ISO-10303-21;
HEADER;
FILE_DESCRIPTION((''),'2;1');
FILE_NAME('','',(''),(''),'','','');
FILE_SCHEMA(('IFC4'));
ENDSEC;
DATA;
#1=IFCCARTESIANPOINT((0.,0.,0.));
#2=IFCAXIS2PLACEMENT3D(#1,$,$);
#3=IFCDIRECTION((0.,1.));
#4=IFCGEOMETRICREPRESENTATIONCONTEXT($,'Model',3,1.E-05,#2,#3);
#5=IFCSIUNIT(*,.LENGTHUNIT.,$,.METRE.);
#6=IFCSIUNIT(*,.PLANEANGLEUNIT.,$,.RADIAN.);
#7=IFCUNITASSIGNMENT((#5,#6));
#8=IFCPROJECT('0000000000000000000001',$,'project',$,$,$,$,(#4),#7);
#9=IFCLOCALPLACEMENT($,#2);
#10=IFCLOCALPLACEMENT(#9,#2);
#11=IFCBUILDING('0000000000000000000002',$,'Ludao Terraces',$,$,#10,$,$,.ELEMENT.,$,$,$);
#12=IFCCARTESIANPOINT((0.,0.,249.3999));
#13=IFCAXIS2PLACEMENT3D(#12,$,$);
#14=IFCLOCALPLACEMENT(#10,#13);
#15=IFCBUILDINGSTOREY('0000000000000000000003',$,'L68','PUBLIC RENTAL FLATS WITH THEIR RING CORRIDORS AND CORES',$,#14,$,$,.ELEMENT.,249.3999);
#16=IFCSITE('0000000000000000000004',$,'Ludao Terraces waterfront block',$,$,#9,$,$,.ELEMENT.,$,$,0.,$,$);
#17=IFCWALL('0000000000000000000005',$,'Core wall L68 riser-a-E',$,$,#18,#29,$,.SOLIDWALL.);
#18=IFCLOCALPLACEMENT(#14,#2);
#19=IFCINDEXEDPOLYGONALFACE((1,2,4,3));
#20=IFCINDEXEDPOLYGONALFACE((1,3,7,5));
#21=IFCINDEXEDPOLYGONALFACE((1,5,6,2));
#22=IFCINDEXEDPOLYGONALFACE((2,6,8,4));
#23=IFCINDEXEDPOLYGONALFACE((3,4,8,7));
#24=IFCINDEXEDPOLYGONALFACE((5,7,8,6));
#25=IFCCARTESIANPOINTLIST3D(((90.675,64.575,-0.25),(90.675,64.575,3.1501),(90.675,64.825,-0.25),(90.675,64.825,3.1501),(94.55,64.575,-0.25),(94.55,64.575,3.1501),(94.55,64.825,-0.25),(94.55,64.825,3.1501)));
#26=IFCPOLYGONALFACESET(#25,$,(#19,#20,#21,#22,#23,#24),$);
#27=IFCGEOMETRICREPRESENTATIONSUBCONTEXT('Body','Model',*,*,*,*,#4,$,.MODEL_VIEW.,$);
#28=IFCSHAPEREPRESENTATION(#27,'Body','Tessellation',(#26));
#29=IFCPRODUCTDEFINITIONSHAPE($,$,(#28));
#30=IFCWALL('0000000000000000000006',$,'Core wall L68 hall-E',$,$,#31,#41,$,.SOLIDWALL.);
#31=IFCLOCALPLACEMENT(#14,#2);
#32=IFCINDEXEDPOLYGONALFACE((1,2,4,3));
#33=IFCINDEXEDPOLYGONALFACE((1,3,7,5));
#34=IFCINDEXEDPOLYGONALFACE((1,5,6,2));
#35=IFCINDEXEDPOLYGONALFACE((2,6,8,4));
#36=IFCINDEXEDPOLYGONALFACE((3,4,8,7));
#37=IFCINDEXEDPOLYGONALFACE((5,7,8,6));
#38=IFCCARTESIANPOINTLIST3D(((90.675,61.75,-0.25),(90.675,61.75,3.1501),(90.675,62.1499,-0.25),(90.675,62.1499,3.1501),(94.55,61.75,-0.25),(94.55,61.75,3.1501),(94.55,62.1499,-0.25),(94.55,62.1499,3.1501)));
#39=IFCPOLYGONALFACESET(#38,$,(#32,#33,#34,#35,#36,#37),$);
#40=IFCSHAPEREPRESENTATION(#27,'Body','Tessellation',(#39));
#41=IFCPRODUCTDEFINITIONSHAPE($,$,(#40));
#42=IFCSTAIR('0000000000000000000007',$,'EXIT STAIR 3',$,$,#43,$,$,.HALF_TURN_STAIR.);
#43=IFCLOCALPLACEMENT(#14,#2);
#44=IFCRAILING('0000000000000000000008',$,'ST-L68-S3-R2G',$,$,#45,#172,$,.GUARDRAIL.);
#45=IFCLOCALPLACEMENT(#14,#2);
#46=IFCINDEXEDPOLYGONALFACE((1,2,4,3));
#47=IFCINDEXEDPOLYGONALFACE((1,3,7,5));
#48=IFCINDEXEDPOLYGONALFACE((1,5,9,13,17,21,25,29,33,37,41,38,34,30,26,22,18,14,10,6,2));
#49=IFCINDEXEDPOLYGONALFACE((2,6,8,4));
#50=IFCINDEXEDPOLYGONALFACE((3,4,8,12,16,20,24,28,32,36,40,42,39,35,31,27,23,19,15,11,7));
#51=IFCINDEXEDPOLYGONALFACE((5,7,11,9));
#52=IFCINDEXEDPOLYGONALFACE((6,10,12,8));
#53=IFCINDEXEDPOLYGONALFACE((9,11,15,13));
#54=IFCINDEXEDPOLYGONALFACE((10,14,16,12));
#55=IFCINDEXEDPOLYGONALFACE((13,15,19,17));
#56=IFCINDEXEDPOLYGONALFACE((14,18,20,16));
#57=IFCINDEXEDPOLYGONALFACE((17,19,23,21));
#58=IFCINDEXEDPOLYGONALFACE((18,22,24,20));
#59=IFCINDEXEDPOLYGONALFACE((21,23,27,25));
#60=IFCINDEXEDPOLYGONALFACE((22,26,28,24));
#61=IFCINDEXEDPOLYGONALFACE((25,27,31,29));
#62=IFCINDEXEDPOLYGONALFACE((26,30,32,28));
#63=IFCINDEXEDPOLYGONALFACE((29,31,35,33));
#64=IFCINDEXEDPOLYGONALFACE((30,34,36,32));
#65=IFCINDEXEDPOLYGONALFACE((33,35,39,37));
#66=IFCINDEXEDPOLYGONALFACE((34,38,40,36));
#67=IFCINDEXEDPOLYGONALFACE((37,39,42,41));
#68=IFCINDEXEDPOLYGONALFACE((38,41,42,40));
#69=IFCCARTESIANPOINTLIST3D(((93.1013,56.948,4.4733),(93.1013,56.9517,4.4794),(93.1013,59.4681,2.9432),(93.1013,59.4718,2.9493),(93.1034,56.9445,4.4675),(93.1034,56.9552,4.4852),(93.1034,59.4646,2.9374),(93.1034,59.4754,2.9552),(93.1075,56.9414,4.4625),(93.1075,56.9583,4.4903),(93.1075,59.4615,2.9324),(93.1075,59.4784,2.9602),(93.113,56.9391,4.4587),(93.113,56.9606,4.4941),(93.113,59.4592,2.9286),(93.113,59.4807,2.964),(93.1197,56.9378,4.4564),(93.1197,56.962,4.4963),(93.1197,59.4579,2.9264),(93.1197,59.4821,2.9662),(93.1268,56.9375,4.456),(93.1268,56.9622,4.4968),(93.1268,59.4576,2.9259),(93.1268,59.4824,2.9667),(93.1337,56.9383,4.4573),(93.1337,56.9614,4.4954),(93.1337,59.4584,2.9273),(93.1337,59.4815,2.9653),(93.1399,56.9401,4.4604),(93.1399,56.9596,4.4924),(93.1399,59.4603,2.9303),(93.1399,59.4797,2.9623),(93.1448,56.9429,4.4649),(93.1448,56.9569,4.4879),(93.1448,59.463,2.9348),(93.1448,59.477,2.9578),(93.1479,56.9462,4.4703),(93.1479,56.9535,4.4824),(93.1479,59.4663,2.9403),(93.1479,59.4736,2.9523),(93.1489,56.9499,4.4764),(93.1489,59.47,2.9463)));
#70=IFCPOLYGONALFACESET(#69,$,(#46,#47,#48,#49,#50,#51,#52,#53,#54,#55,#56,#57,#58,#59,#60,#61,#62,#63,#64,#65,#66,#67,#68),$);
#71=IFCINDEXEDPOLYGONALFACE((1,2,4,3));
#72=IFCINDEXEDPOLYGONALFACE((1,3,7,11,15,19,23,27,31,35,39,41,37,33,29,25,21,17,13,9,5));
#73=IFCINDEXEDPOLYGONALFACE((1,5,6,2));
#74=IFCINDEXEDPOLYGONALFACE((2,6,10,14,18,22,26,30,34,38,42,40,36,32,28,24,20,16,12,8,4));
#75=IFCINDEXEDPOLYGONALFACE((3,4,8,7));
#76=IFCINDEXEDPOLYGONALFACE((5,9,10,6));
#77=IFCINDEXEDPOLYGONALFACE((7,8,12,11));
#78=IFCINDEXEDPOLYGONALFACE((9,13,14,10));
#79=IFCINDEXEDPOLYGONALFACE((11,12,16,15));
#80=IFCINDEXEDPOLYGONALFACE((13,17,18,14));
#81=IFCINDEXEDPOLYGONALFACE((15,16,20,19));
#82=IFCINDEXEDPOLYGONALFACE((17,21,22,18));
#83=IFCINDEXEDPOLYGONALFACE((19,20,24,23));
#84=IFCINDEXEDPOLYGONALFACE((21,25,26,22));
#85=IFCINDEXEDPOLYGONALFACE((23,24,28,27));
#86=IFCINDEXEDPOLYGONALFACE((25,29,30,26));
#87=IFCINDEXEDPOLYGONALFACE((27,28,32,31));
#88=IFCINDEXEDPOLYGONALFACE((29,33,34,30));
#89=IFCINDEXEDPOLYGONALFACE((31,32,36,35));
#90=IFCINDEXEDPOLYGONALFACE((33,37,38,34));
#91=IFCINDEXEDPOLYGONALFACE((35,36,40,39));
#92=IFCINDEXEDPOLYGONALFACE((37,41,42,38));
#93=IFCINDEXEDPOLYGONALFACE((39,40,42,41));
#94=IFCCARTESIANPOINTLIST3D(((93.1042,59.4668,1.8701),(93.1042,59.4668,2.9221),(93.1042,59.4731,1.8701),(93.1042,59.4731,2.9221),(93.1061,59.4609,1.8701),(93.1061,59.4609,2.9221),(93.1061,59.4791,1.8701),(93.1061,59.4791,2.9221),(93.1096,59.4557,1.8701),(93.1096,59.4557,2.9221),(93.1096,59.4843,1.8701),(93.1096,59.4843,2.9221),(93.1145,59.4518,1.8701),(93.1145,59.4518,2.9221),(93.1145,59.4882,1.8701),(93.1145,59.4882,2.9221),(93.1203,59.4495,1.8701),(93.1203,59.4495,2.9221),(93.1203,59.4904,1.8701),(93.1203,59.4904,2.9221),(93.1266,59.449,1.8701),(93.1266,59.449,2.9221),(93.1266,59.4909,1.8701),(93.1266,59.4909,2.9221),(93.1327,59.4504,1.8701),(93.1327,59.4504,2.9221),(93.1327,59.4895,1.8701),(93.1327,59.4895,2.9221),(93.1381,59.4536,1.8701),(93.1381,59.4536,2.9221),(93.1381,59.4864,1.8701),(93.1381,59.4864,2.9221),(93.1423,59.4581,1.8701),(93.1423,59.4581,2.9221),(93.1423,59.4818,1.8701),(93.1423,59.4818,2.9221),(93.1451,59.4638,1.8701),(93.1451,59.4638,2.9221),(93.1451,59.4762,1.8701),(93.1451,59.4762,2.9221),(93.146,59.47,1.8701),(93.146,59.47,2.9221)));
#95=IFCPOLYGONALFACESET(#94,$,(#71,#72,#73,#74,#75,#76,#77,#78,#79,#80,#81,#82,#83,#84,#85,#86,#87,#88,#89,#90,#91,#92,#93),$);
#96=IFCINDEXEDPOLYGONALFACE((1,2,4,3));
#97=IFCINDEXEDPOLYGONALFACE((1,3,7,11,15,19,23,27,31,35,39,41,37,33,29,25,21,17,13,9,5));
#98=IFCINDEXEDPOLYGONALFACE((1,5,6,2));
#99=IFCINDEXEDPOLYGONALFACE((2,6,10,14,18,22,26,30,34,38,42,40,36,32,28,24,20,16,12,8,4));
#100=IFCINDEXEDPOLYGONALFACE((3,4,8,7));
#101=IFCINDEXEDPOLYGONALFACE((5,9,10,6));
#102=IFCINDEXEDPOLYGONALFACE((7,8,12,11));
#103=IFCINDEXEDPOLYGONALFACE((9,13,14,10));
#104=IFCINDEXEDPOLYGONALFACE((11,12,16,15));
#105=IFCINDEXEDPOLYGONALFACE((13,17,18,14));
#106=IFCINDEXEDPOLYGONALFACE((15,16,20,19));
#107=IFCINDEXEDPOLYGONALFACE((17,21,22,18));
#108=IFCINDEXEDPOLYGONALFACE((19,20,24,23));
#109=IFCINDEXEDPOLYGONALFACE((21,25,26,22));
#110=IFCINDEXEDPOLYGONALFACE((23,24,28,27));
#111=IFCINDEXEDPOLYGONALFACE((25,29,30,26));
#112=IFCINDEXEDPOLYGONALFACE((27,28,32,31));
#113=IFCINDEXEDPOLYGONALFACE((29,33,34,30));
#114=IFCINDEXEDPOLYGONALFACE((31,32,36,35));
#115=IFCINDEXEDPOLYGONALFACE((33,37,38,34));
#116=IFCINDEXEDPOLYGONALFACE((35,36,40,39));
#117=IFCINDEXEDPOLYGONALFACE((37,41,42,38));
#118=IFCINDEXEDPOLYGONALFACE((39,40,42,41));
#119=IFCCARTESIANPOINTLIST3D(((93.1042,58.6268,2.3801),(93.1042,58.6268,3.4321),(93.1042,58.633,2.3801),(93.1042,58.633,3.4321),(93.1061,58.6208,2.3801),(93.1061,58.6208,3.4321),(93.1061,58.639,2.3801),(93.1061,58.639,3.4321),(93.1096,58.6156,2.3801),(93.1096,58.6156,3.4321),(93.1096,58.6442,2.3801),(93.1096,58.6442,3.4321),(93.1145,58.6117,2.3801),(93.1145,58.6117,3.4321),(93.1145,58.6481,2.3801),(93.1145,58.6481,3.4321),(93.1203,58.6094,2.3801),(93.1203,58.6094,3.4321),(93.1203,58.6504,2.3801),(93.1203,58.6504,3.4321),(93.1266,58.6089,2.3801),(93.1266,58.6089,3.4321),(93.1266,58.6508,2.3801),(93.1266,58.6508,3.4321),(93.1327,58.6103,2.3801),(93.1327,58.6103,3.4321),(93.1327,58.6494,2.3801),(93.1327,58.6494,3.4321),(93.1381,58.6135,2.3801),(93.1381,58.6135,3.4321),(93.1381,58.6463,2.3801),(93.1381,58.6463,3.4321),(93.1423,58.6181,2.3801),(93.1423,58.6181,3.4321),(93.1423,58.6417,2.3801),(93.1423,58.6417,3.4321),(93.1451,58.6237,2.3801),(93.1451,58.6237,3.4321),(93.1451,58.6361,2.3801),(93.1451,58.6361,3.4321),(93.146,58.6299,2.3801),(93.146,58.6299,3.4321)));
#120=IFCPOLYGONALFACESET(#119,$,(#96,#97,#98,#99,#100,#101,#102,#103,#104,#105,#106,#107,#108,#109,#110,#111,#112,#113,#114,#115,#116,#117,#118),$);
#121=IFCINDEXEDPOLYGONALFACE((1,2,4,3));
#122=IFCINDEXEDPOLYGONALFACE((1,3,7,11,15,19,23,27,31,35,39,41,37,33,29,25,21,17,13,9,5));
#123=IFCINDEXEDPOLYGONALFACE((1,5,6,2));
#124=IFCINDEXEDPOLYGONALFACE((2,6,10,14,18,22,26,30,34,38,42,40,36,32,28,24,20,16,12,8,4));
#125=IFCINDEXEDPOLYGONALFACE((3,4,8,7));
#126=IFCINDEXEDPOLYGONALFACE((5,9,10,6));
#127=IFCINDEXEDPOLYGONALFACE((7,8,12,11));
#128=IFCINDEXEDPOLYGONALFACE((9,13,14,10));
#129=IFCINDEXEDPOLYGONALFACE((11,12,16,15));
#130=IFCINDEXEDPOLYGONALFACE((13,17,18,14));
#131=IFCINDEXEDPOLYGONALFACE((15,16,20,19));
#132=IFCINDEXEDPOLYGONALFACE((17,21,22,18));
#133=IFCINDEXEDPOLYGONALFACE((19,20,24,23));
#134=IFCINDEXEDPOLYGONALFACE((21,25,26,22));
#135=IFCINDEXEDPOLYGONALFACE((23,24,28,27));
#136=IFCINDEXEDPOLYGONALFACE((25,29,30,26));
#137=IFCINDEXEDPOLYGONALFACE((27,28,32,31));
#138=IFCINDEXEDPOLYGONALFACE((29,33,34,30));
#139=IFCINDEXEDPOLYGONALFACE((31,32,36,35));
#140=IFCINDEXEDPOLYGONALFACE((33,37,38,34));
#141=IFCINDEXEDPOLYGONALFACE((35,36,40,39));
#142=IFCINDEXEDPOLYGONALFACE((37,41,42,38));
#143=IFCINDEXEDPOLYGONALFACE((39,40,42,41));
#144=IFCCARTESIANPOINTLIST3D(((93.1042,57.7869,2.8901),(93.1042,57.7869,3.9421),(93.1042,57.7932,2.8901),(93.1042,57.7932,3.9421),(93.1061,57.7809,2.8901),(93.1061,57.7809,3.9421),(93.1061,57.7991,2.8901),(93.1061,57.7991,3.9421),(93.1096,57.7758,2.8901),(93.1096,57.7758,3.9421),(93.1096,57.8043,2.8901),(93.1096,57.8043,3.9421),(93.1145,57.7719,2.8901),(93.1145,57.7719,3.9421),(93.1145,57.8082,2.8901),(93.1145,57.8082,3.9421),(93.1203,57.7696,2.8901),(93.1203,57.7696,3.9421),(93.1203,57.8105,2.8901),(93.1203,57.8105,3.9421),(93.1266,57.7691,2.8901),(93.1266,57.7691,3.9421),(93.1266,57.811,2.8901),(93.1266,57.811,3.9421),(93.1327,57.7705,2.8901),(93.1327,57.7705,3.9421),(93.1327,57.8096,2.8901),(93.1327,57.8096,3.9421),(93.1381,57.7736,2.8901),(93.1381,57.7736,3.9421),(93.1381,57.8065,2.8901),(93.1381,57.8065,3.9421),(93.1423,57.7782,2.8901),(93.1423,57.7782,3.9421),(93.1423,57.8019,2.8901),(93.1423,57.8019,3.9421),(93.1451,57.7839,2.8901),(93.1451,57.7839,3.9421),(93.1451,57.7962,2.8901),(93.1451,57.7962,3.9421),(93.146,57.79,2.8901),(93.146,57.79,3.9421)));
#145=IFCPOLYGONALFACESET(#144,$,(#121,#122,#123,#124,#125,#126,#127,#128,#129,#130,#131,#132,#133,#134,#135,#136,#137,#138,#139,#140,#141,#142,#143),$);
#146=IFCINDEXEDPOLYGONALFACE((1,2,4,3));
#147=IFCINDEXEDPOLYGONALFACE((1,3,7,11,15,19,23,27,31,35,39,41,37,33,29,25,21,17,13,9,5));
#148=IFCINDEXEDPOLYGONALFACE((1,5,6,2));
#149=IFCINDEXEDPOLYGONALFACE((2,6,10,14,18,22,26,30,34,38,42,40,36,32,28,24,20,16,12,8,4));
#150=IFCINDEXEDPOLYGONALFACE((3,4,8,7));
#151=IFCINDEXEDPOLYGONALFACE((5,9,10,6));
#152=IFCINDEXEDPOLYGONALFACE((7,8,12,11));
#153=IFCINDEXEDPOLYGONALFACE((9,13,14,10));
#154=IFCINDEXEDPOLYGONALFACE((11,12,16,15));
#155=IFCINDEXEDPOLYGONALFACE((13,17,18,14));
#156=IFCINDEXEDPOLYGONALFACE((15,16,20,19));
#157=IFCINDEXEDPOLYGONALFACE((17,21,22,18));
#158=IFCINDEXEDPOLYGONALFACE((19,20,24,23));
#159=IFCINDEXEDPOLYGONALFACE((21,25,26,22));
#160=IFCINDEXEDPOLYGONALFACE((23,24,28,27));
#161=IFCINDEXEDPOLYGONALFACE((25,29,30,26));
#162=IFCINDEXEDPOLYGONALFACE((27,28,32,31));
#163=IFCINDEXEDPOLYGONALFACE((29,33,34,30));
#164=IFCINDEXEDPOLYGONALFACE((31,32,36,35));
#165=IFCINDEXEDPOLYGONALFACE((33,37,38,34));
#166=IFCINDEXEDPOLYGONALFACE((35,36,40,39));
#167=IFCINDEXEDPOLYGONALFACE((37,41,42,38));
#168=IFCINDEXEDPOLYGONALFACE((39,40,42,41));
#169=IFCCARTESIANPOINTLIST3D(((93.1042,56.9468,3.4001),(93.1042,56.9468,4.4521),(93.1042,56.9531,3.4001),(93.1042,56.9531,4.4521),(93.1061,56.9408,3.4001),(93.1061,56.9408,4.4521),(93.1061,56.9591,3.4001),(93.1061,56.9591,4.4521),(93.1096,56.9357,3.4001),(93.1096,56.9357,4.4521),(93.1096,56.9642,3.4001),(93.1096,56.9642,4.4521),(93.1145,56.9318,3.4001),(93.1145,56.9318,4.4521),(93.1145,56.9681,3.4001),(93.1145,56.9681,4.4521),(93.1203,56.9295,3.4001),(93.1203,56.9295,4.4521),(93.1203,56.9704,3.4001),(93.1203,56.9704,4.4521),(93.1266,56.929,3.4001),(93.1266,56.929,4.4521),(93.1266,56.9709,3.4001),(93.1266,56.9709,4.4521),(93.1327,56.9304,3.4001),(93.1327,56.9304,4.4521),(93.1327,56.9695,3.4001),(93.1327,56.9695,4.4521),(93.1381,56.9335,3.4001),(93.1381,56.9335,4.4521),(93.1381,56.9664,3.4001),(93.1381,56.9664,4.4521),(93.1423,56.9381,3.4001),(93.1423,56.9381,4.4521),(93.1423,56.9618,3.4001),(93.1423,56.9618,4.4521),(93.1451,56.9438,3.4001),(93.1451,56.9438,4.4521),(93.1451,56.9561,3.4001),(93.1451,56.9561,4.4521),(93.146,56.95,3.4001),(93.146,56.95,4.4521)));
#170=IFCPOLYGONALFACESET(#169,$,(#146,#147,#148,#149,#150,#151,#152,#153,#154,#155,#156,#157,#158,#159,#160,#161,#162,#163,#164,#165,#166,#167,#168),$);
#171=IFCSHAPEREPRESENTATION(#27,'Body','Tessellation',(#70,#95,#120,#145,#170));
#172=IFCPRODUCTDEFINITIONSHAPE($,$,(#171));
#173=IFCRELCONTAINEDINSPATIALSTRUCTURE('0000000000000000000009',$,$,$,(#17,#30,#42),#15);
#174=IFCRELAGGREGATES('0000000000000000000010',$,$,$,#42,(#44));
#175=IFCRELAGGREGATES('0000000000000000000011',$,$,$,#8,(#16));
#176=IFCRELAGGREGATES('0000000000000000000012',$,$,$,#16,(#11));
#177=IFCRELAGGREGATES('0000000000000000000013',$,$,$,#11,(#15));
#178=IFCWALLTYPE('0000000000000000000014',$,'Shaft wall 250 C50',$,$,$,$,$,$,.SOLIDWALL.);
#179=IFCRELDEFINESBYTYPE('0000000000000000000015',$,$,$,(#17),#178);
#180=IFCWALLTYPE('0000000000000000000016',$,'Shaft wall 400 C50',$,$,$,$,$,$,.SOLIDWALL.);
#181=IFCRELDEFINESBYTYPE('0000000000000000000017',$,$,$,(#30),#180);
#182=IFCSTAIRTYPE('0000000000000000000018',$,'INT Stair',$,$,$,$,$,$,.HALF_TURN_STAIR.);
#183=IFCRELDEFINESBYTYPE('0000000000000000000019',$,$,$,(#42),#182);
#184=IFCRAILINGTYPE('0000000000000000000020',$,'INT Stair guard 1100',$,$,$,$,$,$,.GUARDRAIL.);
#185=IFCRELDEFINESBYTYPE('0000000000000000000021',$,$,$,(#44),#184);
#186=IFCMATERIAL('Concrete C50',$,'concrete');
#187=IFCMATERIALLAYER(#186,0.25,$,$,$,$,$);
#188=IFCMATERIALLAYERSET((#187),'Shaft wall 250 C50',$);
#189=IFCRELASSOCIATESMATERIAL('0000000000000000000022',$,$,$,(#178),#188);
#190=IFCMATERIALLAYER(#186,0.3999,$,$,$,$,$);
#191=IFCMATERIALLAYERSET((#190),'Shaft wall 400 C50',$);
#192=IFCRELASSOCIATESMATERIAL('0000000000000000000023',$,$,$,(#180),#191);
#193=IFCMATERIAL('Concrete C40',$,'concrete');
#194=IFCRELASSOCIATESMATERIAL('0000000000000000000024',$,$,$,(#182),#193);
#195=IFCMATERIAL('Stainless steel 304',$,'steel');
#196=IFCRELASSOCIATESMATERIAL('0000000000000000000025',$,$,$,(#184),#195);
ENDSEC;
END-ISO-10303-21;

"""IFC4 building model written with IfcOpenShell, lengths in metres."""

from ifc_helpers import new_model, si_unit, direction, frame, frame_2d, origin, origin_2d, place, context, subcontext, project, spatial, rectangle, circle, extrude, material, layer, layer_set, type_object, element, aggregate, save


model = new_model("IFC4")

# Units and contexts
model_context = context("Model", 3, precision=1e-05, world=origin(), true_north=direction((0.0, 1.0)))
body_context = subcontext(model_context, "Body", "Model", "MODEL_VIEW")
ifc_project = project(units=[si_unit("LENGTHUNIT", "METRE"), si_unit("PLANEANGLEUNIT", "RADIAN")], contexts=[model_context])

# Site, building, storey
site_placement = place(None, origin())
site = spatial("IfcSite", under=ifc_project, at=site_placement, Name="Ludao Terraces waterfront block", CompositionType="ELEMENT", RefElevation=0.0)
building_placement = place(site_placement, origin())
building = spatial("IfcBuilding", under=site, at=building_placement, Name="Ludao Terraces", CompositionType="ELEMENT")
storey_placement = place(building_placement, frame((0.0, 0.0, 249.3999)))
storey = spatial("IfcBuildingStorey", under=building, at=storey_placement, Name="L68", Description="PUBLIC RENTAL FLATS WITH THEIR RING CORRIDORS AND CORES", CompositionType="ELEMENT", Elevation=249.3999)

# Shared definitions
ifc_material_1 = material(Name="Concrete C40", Category="concrete")

# Shared definitions
ifc_material_2 = material(Name="Concrete C50", Category="concrete")

# Shared definitions
ifc_layer_1 = layer(ifc_material_2, 0.25)
ifc_layer_set_1 = layer_set([ifc_layer_1], Name="Shaft wall 250 C50")
wall_type_1 = type_object("IfcWallType", Name="Shaft wall 250 C50", PredefinedType="SOLIDWALL", material=ifc_layer_set_1)

# Walls
wall_1_placement = place(storey_placement, frame((90.675, 64.7, -0.25), z_axis=(0.0, 0.0, 1.0), x_axis=(1.0, 0.0, 0.0)))
element("IfcWall", 1, at=wall_1_placement, inside=storey, type_object=wall_type_1, Name="Core wall L68 riser-a-E", PredefinedType="SOLIDWALL", context=body_context, shape_type="SweptSolid", body=[
    extrude(rectangle(XDim=3.875, YDim=0.25, at=frame_2d((1.9375, 0.0))), origin(), (0.0, 0.0, 1.0), 3.4001),
])
ifc_layer_2 = layer(ifc_material_2, 0.3999)
ifc_layer_set_2 = layer_set([ifc_layer_2], Name="Shaft wall 400 C50")
wall_type_2 = type_object("IfcWallType", Name="Shaft wall 400 C50", PredefinedType="SOLIDWALL", material=ifc_layer_set_2)
wall_2_placement = place(storey_placement, frame((90.675, 61.95, -0.25), z_axis=(0.0, 0.0, 1.0), x_axis=(1.0, 0.0, 0.0)))
element("IfcWall", 2, at=wall_2_placement, inside=storey, type_object=wall_type_2, Name="Core wall L68 hall-E", PredefinedType="SOLIDWALL", context=body_context, shape_type="SweptSolid", body=[
    extrude(rectangle(XDim=3.875, YDim=0.3999, at=frame_2d((1.9375, 0.0))), origin(), (0.0, 0.0, 1.0), 3.4001),
])

# Stair, railing
stair_type = type_object("IfcStairType", Name="INT Stair", PredefinedType="HALF_TURN_STAIR", material=ifc_material_1)
stair_placement = place(storey_placement, origin())
stair = element("IfcStair", 3, at=stair_placement, inside=storey, type_object=stair_type, Name="EXIT STAIR 3", PredefinedType="HALF_TURN_STAIR")
ifc_material_3 = material(Name="Stainless steel 304", Category="steel")
railing_type_1 = type_object("IfcRailingType", Name="INT Stair guard 1100", PredefinedType="GUARDRAIL", material=ifc_material_3)
railing_1_placement = place(storey_placement, frame((93.125, 59.47, 1.8701)))
railing_1 = element("IfcRailing", 4, at=railing_1_placement, type_object=railing_type_1, Name="ST-L68-S3-R2G", PredefinedType="GUARDRAIL", context=body_context, shape_type="SweptSolid", body=[
    extrude(circle(Radius=0.0239, at=origin_2d()), frame((0.0, 0.0, 1.0762), z_axis=(0.0, -0.854785, 0.518982), x_axis=(1.0, 0.0, 0.0)), (0.0, 0.0, 1.0), 2.9482),
    extrude(circle(Radius=0.021, at=origin_2d()), origin(), (0.0, 0.0, 1.0), 1.052),
    extrude(circle(Radius=0.021, at=origin_2d()), frame((0.0, -0.8401, 0.51)), (0.0, 0.0, 1.0), 1.052),
    extrude(circle(Radius=0.021, at=origin_2d()), frame((0.0, -1.6799, 1.02)), (0.0, 0.0, 1.0), 1.052),
    extrude(circle(Radius=0.021, at=origin_2d()), frame((0.0, -2.52, 1.53)), (0.0, 0.0, 1.0), 1.052),
])
aggregate(stair, [railing_1])

save(model, "model.ifc")
